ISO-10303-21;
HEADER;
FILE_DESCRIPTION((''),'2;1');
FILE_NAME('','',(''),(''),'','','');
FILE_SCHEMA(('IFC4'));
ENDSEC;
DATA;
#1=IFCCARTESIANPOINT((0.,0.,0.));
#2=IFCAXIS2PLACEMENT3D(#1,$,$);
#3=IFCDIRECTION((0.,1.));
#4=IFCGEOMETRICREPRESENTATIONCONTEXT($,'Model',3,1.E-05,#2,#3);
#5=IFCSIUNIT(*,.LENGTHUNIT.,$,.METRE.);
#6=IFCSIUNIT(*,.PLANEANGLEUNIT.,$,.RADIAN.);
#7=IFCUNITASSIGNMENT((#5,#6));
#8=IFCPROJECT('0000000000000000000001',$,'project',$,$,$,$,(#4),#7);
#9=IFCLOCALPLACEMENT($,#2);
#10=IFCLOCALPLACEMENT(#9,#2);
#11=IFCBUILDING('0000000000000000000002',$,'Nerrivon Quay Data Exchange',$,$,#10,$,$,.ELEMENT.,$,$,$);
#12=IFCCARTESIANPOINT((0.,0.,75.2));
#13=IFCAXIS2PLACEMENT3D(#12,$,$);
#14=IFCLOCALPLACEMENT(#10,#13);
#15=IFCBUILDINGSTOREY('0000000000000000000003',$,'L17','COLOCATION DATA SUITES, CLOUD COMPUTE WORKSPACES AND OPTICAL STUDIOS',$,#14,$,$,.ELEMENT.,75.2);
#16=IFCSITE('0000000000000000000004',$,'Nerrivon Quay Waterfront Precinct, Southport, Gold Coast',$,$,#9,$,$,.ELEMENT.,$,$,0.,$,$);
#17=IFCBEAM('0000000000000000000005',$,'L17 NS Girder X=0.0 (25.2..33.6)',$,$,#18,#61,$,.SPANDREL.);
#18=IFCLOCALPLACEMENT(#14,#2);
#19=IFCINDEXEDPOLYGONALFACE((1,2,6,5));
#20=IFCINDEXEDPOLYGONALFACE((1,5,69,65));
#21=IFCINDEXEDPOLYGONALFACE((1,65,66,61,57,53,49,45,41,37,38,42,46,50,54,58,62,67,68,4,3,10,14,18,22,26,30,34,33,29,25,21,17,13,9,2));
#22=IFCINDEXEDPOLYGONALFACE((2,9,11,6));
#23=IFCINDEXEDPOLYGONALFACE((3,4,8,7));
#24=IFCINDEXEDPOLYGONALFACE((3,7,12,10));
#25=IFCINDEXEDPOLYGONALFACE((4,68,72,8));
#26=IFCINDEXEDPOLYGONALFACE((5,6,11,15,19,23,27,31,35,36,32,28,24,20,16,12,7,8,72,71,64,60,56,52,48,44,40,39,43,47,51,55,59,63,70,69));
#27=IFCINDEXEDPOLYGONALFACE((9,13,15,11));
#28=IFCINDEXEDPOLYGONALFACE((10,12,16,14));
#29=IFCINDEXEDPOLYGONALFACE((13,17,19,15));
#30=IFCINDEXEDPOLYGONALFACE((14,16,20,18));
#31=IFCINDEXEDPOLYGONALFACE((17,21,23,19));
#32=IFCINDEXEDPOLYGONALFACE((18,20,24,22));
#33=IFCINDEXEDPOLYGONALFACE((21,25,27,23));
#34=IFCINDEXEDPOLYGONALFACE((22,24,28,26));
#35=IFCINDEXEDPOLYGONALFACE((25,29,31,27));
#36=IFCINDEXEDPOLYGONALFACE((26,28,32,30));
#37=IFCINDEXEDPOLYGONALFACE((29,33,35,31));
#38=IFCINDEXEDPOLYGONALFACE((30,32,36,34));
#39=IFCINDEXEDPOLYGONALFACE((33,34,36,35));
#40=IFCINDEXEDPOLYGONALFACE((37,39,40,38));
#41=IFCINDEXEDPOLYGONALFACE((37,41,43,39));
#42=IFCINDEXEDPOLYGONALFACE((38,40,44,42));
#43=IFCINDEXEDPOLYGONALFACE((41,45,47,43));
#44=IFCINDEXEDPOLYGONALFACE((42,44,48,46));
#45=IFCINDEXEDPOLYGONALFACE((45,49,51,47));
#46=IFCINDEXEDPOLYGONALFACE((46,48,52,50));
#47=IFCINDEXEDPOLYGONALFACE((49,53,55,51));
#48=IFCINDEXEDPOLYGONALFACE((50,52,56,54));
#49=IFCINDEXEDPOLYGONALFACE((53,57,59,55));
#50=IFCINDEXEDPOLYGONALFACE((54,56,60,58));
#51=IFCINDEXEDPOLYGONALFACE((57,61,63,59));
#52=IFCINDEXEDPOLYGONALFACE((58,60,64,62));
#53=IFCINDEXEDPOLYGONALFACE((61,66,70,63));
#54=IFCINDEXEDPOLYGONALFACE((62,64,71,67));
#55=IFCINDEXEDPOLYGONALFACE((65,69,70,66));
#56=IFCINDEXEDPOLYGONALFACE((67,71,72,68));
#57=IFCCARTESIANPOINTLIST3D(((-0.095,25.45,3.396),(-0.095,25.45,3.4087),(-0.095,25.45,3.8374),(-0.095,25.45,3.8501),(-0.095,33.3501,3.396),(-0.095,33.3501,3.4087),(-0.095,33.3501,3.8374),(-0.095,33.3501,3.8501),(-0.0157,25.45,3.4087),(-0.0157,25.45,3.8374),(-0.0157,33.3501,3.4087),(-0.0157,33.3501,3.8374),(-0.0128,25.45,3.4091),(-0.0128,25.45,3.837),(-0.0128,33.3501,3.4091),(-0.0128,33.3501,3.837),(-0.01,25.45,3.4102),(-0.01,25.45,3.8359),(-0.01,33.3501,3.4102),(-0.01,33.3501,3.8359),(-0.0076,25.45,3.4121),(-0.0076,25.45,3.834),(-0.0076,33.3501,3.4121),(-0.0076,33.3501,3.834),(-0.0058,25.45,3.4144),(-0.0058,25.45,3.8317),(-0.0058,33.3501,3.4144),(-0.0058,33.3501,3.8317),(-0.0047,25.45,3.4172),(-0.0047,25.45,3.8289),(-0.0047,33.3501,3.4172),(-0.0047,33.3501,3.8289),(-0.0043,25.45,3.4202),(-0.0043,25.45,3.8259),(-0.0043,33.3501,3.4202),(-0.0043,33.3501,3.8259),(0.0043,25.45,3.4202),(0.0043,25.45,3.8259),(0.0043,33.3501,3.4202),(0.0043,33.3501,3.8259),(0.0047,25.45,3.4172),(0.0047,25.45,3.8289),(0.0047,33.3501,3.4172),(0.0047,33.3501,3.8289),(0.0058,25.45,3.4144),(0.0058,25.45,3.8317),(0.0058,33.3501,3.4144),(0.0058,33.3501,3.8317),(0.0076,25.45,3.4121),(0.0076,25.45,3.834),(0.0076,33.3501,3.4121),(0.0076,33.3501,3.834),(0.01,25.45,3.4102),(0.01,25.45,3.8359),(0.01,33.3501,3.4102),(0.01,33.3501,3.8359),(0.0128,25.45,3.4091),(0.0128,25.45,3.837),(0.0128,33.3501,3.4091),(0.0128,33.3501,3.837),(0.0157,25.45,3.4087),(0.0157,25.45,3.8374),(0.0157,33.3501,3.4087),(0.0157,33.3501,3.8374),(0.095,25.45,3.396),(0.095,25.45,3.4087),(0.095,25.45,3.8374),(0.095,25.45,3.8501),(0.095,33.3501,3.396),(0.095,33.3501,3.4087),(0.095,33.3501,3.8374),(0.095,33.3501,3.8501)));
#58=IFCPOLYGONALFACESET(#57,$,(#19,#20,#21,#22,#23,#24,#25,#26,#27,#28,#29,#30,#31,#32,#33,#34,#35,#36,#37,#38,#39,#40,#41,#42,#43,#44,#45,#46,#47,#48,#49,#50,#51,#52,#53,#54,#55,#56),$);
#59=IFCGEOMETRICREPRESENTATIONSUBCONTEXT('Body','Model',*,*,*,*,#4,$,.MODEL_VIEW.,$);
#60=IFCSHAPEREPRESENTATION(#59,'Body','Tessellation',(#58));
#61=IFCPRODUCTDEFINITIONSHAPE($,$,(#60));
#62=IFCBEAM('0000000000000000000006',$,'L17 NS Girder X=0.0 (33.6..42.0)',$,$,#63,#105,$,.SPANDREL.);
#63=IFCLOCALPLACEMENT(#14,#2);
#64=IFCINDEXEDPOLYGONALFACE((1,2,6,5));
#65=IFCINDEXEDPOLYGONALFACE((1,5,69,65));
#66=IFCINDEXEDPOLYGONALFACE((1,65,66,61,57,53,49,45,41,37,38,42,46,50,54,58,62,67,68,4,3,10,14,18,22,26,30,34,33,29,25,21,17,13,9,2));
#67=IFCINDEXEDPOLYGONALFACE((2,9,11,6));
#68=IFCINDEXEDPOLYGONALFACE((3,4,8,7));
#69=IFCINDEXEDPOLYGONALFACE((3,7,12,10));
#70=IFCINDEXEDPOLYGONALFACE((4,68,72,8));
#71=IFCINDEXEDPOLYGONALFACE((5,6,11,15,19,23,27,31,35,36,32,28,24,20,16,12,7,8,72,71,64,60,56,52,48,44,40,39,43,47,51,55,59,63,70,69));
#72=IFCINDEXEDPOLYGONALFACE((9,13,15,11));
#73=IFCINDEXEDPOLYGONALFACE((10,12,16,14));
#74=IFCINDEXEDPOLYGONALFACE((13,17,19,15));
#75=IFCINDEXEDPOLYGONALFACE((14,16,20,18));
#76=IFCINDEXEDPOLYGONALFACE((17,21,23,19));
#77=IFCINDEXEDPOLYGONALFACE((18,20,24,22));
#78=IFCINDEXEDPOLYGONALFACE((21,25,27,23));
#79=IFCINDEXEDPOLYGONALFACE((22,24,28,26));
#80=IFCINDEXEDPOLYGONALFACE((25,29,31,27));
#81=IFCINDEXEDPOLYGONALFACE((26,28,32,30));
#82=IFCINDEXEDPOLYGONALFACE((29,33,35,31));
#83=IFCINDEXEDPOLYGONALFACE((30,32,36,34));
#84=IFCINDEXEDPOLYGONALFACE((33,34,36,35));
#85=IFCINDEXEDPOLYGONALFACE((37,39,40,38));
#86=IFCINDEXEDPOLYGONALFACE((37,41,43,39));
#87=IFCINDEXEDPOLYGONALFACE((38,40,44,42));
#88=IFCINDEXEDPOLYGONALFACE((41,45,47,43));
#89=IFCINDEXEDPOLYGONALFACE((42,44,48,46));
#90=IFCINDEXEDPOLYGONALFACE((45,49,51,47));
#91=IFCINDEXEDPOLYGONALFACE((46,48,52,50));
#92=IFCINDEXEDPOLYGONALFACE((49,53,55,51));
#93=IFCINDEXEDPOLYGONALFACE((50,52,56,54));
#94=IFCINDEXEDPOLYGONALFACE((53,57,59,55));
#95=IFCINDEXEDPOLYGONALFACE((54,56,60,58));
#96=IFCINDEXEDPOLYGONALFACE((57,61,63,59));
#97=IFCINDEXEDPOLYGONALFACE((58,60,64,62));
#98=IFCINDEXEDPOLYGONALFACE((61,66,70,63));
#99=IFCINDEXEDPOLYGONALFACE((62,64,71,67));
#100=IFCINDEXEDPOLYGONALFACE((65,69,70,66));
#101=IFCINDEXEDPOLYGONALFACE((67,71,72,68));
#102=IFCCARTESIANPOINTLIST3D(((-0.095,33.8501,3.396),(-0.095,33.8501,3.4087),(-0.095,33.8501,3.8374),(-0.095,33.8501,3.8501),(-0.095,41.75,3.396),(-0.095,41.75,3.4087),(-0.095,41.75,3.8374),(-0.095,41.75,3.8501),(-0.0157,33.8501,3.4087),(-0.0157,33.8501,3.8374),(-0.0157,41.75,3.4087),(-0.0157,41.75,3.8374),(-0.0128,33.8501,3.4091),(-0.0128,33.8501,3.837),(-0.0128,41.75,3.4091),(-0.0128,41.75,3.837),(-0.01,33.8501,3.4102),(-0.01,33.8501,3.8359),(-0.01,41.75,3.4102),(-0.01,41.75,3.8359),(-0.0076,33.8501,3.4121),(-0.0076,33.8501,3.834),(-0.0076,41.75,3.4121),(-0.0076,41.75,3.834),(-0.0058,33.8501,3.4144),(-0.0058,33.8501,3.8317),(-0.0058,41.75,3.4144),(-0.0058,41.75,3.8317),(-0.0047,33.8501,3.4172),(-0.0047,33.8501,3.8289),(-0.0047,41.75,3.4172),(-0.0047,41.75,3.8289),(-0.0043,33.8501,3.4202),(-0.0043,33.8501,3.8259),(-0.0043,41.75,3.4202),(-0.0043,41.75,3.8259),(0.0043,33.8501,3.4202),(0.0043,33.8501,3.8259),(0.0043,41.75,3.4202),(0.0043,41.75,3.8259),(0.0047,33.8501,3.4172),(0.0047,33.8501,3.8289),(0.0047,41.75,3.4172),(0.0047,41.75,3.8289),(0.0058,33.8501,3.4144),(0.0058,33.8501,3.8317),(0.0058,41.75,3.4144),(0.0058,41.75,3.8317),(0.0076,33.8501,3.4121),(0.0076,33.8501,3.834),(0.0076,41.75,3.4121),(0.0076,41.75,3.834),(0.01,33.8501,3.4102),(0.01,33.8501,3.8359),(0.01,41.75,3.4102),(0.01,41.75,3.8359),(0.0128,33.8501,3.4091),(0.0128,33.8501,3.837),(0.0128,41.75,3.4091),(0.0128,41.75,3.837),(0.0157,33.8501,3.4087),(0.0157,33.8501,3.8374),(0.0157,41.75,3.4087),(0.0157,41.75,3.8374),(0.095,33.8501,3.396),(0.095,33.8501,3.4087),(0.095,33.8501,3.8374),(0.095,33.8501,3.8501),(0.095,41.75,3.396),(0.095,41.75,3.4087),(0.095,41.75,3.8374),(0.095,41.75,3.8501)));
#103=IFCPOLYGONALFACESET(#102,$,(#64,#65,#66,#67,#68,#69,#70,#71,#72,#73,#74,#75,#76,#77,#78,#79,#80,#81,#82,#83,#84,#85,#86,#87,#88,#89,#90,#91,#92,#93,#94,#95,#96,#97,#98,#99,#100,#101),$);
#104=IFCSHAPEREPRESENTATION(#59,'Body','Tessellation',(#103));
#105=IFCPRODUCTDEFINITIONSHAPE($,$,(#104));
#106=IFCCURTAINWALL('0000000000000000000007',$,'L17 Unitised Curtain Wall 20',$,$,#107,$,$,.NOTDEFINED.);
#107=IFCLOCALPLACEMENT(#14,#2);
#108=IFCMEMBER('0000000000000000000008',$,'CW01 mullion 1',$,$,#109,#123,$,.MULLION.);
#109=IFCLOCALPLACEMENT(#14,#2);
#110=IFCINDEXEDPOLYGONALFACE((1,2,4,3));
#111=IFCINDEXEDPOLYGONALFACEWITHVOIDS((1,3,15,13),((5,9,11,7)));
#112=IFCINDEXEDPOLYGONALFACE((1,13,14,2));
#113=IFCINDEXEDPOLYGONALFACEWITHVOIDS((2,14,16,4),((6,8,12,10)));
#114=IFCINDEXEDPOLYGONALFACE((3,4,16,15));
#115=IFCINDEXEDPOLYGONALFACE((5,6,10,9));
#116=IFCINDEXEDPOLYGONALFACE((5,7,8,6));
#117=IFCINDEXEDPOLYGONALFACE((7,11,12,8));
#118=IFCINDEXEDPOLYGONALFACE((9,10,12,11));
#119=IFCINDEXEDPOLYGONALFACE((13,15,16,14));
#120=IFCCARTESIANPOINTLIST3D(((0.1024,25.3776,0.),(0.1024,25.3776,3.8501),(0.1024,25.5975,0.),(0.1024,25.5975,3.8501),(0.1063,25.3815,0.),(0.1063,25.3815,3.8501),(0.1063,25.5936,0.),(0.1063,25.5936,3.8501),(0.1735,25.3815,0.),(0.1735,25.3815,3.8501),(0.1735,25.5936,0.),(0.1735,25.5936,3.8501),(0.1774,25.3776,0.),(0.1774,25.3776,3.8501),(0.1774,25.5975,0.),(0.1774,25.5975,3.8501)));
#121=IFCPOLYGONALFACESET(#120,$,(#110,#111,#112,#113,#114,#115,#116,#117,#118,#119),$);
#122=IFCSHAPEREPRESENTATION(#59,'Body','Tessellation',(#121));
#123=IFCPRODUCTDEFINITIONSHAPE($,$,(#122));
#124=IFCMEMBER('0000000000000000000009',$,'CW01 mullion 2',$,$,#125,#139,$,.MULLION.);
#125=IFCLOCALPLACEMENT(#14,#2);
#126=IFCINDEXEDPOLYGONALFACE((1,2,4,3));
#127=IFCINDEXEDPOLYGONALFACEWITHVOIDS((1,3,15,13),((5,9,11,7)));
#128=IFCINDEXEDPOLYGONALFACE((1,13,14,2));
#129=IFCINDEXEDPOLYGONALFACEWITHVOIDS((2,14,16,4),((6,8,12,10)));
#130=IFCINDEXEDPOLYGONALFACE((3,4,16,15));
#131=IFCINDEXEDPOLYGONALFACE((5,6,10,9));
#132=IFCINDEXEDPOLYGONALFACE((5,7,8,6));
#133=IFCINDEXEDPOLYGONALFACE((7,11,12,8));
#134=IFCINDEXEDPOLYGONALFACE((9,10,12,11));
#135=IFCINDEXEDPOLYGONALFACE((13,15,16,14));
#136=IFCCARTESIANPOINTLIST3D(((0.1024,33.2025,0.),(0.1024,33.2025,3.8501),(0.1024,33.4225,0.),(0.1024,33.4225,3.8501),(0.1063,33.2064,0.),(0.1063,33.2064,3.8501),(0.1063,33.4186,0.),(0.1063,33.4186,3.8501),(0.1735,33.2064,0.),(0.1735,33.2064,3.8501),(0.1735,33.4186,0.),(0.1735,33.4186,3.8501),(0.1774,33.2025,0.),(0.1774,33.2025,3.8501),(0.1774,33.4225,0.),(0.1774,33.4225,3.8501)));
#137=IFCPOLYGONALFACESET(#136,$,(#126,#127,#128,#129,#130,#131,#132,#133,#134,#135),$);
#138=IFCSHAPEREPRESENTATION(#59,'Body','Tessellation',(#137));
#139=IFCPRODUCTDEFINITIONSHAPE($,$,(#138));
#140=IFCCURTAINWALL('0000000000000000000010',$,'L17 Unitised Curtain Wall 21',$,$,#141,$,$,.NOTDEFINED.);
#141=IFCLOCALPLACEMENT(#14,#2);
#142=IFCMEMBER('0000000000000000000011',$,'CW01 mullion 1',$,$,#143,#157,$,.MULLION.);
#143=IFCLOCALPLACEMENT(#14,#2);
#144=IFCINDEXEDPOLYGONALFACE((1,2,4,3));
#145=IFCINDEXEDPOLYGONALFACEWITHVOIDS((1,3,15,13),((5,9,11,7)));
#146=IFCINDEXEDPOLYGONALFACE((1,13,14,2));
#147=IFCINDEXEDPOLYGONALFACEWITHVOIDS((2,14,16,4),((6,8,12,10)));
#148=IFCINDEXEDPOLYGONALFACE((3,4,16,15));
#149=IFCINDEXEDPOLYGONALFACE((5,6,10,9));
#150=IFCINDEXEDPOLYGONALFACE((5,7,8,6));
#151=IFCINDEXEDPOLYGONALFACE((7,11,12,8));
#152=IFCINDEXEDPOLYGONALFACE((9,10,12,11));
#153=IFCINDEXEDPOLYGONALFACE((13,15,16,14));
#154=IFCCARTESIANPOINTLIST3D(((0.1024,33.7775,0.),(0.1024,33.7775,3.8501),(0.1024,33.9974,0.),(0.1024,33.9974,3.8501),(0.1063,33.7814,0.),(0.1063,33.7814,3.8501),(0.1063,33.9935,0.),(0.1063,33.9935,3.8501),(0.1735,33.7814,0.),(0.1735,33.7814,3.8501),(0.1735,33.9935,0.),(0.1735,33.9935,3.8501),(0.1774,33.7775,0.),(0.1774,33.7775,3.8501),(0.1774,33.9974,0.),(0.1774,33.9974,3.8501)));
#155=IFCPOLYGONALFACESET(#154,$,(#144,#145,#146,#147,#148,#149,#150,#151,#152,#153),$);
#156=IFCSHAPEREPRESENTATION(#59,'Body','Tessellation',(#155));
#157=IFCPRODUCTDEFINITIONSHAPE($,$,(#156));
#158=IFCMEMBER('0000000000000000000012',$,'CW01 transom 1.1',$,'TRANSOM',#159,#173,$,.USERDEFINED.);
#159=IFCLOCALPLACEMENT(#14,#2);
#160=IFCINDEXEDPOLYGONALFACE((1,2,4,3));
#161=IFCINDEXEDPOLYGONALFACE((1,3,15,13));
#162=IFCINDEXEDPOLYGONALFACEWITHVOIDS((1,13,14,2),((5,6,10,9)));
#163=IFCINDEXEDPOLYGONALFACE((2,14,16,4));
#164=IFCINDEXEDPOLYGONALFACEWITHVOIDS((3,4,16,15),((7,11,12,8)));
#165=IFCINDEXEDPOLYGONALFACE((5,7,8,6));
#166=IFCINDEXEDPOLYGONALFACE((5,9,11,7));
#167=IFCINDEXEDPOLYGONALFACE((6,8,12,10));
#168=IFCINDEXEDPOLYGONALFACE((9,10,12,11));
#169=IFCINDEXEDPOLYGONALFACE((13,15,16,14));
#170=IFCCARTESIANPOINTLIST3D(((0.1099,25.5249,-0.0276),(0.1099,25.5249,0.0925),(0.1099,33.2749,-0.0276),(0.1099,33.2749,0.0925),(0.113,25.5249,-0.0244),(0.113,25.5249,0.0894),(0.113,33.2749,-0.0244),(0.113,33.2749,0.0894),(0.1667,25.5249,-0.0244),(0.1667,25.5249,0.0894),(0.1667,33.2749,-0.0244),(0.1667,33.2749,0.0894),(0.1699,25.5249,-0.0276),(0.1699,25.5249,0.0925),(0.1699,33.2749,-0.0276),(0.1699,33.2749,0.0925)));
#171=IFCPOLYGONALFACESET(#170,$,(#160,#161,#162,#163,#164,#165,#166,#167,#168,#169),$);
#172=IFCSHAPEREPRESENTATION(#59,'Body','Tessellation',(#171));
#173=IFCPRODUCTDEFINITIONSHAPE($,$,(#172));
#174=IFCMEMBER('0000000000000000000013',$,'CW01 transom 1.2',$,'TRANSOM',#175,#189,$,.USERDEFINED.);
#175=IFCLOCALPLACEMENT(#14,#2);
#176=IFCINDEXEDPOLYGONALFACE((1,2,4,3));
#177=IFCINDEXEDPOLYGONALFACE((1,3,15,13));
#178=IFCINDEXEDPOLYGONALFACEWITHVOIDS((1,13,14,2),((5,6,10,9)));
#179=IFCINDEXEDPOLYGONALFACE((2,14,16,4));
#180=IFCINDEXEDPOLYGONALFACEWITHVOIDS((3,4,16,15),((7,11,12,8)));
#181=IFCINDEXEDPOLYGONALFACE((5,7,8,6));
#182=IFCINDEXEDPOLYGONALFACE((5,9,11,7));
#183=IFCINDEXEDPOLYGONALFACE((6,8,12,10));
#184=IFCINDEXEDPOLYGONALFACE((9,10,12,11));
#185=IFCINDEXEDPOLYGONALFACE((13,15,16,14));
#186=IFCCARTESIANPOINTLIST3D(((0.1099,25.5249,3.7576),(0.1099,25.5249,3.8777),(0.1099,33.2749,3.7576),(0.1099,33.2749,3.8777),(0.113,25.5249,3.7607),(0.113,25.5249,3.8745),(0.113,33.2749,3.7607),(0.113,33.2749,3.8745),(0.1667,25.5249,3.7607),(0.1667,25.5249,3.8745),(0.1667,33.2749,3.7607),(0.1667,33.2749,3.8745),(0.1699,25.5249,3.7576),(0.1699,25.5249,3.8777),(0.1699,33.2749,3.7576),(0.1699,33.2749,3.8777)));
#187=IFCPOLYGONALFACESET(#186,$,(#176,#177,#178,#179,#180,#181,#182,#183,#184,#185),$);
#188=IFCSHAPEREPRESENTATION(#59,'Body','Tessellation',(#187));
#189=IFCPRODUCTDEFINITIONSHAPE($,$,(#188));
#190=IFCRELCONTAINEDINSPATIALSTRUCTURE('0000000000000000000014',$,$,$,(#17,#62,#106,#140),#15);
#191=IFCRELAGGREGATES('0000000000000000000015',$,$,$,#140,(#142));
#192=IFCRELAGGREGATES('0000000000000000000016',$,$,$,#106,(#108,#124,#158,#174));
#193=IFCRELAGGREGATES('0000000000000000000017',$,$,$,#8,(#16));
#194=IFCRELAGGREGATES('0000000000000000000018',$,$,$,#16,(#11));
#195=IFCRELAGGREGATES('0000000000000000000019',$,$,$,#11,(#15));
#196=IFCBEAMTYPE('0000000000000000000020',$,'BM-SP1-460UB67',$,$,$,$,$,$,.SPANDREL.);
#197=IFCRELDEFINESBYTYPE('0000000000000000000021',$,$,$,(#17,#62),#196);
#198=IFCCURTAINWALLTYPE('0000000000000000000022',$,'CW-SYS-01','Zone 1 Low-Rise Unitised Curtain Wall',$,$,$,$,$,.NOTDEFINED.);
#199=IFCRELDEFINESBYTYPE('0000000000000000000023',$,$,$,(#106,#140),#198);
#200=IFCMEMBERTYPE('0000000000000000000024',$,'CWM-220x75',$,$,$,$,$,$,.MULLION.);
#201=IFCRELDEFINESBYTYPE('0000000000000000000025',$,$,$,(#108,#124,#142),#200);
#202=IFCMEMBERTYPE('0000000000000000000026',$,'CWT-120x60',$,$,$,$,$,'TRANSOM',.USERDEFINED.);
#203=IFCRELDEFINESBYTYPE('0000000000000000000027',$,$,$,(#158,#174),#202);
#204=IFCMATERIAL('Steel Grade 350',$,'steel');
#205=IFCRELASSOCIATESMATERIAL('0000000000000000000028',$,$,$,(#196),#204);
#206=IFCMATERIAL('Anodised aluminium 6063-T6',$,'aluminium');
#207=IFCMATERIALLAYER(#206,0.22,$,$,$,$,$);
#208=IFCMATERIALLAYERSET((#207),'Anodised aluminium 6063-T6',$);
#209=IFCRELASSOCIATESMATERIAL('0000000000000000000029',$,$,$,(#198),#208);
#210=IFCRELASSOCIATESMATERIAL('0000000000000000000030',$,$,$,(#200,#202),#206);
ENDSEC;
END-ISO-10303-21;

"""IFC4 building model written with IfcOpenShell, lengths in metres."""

from ifc_helpers import new_model, si_unit, direction, frame, origin, origin_2d, place, context, subcontext, project, spatial, hollow_rectangle, i_section, extrude, material, layer, layer_set, material_profile, profile_set, type_object, element, aggregate, save


model = new_model("IFC4")

# Units and contexts
model_context = context("Model", 3, precision=1e-05, world=origin(), true_north=direction((0.0, 1.0)))
body_context = subcontext(model_context, "Body", "Model", "MODEL_VIEW")
ifc_project = project(units=[si_unit("LENGTHUNIT", "METRE"), si_unit("PLANEANGLEUNIT", "RADIAN")], contexts=[model_context])

# Site, building, storey
site_placement = place(None, origin())
site = spatial("IfcSite", under=ifc_project, at=site_placement, Name="Nerrivon Quay Waterfront Precinct, Southport, Gold Coast", CompositionType="ELEMENT", RefElevation=0.0)
building_placement = place(site_placement, origin())
building = spatial("IfcBuilding", under=site, at=building_placement, Name="Nerrivon Quay Data Exchange", CompositionType="ELEMENT")
storey_placement = place(building_placement, frame((0.0, 0.0, 75.2)))
storey = spatial("IfcBuildingStorey", under=building, at=storey_placement, Name="L17", Description="COLOCATION DATA SUITES, CLOUD COMPUTE WORKSPACES AND OPTICAL STUDIOS", CompositionType="ELEMENT", Elevation=75.2)

# Shared definitions
ifc_material_1 = material(Name="Steel Grade 350", Category="steel")

# Beams
ifc_material_profile_1 = material_profile(ifc_material_1, i_section(OverallWidth=0.1899, OverallDepth=0.4541, WebThickness=0.0085, FlangeThickness=0.0127, FilletRadius=0.0115, at=origin_2d()), Name="460UB67.1")
ifc_profile_set_1 = profile_set([ifc_material_profile_1], Name="Steel Grade 350")
beam_type_1 = type_object("IfcBeamType", Name="BM-SP1-460UB67", PredefinedType="SPANDREL", material=ifc_profile_set_1)
beam_1_placement = place(storey_placement, frame((0.0, 25.45, 3.623), z_axis=(0.0, 1.0, 0.0), x_axis=(-1.0, 0.0, 0.0)))
element("IfcBeam", 1, at=beam_1_placement, inside=storey, type_object=beam_type_1, Name="L17 NS Girder X=0.0 (25.2..33.6)", PredefinedType="SPANDREL", context=body_context, shape_type="SweptSolid", body=[
    extrude(i_section(OverallWidth=0.1899, OverallDepth=0.4541, WebThickness=0.0085, FlangeThickness=0.0127, FilletRadius=0.0115, at=origin_2d()), origin(), (0.0, 0.0, 1.0), 7.9001),
])
beam_2_placement = place(storey_placement, frame((0.0, 33.8501, 3.623), z_axis=(0.0, 1.0, 0.0), x_axis=(-1.0, 0.0, 0.0)))
element("IfcBeam", 2, at=beam_2_placement, inside=storey, type_object=beam_type_1, Name="L17 NS Girder X=0.0 (33.6..42.0)", PredefinedType="SPANDREL", context=body_context, shape_type="SweptSolid", body=[
    extrude(i_section(OverallWidth=0.1899, OverallDepth=0.4541, WebThickness=0.0085, FlangeThickness=0.0127, FilletRadius=0.0115, at=origin_2d()), origin(), (0.0, 0.0, 1.0), 7.8999),
])

# Curtain wall, members
ifc_material_2 = material(Name="Anodised aluminium 6063-T6", Category="aluminium")
ifc_layer_1 = layer(ifc_material_2, 0.22)
ifc_layer_set_1 = layer_set([ifc_layer_1], Name="Anodised aluminium 6063-T6")
curtain_wall_type = type_object("IfcCurtainWallType", Name="CW-SYS-01", Description="Zone 1 Low-Rise Unitised Curtain Wall", PredefinedType="NOTDEFINED", material=ifc_layer_set_1)
curtain_wall_1_placement = place(storey_placement, origin())
curtain_wall_1 = element("IfcCurtainWall", 3, at=curtain_wall_1_placement, inside=storey, type_object=curtain_wall_type, Name="L17 Unitised Curtain Wall 20", PredefinedType="NOTDEFINED")
ifc_material_profile_2 = material_profile(ifc_material_2, hollow_rectangle(XDim=0.075, YDim=0.22, WallThickness=0.0039, at=origin_2d()), Name="ALU-MULL-220x75")
ifc_profile_set_2 = profile_set([ifc_material_profile_2], Name="Anodised aluminium 6063-T6")
member_type_1 = type_object("IfcMemberType", Name="CWM-220x75", PredefinedType="MULLION", material=ifc_profile_set_2)
member_1_placement = place(storey_placement, frame((0.1399, 25.4875, 0.0), z_axis=(0.0, 0.0, 1.0), x_axis=(-1.0, 0.0, 0.0)))
member_1 = element("IfcMember", 4, at=member_1_placement, type_object=member_type_1, Name="CW01 mullion 1", PredefinedType="MULLION", context=body_context, shape_type="SweptSolid", body=[
    extrude(hollow_rectangle(XDim=0.075, YDim=0.22, WallThickness=0.0039, at=origin_2d()), origin(), (0.0, 0.0, 1.0), 3.8501),
])
member_2_placement = place(storey_placement, frame((0.1399, 33.3125, 0.0), z_axis=(0.0, 0.0, 1.0), x_axis=(-1.0, 0.0, 0.0)))
member_2 = element("IfcMember", 5, at=member_2_placement, type_object=member_type_1, Name="CW01 mullion 2", PredefinedType="MULLION", context=body_context, shape_type="SweptSolid", body=[
    extrude(hollow_rectangle(XDim=0.075, YDim=0.22, WallThickness=0.0039, at=origin_2d()), origin(), (0.0, 0.0, 1.0), 3.8501),
])

# Curtain wall, member
curtain_wall_2_placement = place(storey_placement, origin())
curtain_wall_2 = element("IfcCurtainWall", 6, at=curtain_wall_2_placement, inside=storey, type_object=curtain_wall_type, Name="L17 Unitised Curtain Wall 21", PredefinedType="NOTDEFINED")
member_3_placement = place(storey_placement, frame((0.1399, 33.8875, 0.0), z_axis=(0.0, 0.0, 1.0), x_axis=(-1.0, 0.0, 0.0)))
member_3 = element("IfcMember", 7, at=member_3_placement, type_object=member_type_1, Name="CW01 mullion 1", PredefinedType="MULLION", context=body_context, shape_type="SweptSolid", body=[
    extrude(hollow_rectangle(XDim=0.075, YDim=0.22, WallThickness=0.0039, at=origin_2d()), origin(), (0.0, 0.0, 1.0), 3.8501),
])

# Members
ifc_material_profile_3 = material_profile(ifc_material_2, hollow_rectangle(XDim=0.0601, YDim=0.1201, WallThickness=0.0032, at=origin_2d()), Name="ALU-TRAN-120x60")
ifc_profile_set_3 = profile_set([ifc_material_profile_3], Name="Anodised aluminium 6063-T6")
member_type_2 = type_object("IfcMemberType", Name="CWT-120x60", ElementType="TRANSOM", PredefinedType="USERDEFINED", material=ifc_profile_set_3)
member_4_placement = place(storey_placement, frame((0.1399, 25.5249, 0.0325), z_axis=(0.0, 1.0, 0.0), x_axis=(-1.0, 0.0, 0.0)))
member_4 = element("IfcMember", 8, at=member_4_placement, type_object=member_type_2, Name="CW01 transom 1.1", ObjectType="TRANSOM", PredefinedType="USERDEFINED", context=body_context, shape_type="SweptSolid", body=[
    extrude(hollow_rectangle(XDim=0.0601, YDim=0.1201, WallThickness=0.0032, at=origin_2d()), origin(), (0.0, 0.0, 1.0), 7.75),
])
member_5_placement = place(storey_placement, frame((0.1399, 25.5249, 3.8176), z_axis=(0.0, 1.0, 0.0), x_axis=(-1.0, 0.0, 0.0)))
member_5 = element("IfcMember", 9, at=member_5_placement, type_object=member_type_2, Name="CW01 transom 1.2", ObjectType="TRANSOM", PredefinedType="USERDEFINED", context=body_context, shape_type="SweptSolid", body=[
    extrude(hollow_rectangle(XDim=0.0601, YDim=0.1201, WallThickness=0.0032, at=origin_2d()), origin(), (0.0, 0.0, 1.0), 7.75),
])
aggregate(curtain_wall_2, [member_3])

aggregate(curtain_wall_1, [member_1, member_2, member_4, member_5])

save(model, "model.ifc")
